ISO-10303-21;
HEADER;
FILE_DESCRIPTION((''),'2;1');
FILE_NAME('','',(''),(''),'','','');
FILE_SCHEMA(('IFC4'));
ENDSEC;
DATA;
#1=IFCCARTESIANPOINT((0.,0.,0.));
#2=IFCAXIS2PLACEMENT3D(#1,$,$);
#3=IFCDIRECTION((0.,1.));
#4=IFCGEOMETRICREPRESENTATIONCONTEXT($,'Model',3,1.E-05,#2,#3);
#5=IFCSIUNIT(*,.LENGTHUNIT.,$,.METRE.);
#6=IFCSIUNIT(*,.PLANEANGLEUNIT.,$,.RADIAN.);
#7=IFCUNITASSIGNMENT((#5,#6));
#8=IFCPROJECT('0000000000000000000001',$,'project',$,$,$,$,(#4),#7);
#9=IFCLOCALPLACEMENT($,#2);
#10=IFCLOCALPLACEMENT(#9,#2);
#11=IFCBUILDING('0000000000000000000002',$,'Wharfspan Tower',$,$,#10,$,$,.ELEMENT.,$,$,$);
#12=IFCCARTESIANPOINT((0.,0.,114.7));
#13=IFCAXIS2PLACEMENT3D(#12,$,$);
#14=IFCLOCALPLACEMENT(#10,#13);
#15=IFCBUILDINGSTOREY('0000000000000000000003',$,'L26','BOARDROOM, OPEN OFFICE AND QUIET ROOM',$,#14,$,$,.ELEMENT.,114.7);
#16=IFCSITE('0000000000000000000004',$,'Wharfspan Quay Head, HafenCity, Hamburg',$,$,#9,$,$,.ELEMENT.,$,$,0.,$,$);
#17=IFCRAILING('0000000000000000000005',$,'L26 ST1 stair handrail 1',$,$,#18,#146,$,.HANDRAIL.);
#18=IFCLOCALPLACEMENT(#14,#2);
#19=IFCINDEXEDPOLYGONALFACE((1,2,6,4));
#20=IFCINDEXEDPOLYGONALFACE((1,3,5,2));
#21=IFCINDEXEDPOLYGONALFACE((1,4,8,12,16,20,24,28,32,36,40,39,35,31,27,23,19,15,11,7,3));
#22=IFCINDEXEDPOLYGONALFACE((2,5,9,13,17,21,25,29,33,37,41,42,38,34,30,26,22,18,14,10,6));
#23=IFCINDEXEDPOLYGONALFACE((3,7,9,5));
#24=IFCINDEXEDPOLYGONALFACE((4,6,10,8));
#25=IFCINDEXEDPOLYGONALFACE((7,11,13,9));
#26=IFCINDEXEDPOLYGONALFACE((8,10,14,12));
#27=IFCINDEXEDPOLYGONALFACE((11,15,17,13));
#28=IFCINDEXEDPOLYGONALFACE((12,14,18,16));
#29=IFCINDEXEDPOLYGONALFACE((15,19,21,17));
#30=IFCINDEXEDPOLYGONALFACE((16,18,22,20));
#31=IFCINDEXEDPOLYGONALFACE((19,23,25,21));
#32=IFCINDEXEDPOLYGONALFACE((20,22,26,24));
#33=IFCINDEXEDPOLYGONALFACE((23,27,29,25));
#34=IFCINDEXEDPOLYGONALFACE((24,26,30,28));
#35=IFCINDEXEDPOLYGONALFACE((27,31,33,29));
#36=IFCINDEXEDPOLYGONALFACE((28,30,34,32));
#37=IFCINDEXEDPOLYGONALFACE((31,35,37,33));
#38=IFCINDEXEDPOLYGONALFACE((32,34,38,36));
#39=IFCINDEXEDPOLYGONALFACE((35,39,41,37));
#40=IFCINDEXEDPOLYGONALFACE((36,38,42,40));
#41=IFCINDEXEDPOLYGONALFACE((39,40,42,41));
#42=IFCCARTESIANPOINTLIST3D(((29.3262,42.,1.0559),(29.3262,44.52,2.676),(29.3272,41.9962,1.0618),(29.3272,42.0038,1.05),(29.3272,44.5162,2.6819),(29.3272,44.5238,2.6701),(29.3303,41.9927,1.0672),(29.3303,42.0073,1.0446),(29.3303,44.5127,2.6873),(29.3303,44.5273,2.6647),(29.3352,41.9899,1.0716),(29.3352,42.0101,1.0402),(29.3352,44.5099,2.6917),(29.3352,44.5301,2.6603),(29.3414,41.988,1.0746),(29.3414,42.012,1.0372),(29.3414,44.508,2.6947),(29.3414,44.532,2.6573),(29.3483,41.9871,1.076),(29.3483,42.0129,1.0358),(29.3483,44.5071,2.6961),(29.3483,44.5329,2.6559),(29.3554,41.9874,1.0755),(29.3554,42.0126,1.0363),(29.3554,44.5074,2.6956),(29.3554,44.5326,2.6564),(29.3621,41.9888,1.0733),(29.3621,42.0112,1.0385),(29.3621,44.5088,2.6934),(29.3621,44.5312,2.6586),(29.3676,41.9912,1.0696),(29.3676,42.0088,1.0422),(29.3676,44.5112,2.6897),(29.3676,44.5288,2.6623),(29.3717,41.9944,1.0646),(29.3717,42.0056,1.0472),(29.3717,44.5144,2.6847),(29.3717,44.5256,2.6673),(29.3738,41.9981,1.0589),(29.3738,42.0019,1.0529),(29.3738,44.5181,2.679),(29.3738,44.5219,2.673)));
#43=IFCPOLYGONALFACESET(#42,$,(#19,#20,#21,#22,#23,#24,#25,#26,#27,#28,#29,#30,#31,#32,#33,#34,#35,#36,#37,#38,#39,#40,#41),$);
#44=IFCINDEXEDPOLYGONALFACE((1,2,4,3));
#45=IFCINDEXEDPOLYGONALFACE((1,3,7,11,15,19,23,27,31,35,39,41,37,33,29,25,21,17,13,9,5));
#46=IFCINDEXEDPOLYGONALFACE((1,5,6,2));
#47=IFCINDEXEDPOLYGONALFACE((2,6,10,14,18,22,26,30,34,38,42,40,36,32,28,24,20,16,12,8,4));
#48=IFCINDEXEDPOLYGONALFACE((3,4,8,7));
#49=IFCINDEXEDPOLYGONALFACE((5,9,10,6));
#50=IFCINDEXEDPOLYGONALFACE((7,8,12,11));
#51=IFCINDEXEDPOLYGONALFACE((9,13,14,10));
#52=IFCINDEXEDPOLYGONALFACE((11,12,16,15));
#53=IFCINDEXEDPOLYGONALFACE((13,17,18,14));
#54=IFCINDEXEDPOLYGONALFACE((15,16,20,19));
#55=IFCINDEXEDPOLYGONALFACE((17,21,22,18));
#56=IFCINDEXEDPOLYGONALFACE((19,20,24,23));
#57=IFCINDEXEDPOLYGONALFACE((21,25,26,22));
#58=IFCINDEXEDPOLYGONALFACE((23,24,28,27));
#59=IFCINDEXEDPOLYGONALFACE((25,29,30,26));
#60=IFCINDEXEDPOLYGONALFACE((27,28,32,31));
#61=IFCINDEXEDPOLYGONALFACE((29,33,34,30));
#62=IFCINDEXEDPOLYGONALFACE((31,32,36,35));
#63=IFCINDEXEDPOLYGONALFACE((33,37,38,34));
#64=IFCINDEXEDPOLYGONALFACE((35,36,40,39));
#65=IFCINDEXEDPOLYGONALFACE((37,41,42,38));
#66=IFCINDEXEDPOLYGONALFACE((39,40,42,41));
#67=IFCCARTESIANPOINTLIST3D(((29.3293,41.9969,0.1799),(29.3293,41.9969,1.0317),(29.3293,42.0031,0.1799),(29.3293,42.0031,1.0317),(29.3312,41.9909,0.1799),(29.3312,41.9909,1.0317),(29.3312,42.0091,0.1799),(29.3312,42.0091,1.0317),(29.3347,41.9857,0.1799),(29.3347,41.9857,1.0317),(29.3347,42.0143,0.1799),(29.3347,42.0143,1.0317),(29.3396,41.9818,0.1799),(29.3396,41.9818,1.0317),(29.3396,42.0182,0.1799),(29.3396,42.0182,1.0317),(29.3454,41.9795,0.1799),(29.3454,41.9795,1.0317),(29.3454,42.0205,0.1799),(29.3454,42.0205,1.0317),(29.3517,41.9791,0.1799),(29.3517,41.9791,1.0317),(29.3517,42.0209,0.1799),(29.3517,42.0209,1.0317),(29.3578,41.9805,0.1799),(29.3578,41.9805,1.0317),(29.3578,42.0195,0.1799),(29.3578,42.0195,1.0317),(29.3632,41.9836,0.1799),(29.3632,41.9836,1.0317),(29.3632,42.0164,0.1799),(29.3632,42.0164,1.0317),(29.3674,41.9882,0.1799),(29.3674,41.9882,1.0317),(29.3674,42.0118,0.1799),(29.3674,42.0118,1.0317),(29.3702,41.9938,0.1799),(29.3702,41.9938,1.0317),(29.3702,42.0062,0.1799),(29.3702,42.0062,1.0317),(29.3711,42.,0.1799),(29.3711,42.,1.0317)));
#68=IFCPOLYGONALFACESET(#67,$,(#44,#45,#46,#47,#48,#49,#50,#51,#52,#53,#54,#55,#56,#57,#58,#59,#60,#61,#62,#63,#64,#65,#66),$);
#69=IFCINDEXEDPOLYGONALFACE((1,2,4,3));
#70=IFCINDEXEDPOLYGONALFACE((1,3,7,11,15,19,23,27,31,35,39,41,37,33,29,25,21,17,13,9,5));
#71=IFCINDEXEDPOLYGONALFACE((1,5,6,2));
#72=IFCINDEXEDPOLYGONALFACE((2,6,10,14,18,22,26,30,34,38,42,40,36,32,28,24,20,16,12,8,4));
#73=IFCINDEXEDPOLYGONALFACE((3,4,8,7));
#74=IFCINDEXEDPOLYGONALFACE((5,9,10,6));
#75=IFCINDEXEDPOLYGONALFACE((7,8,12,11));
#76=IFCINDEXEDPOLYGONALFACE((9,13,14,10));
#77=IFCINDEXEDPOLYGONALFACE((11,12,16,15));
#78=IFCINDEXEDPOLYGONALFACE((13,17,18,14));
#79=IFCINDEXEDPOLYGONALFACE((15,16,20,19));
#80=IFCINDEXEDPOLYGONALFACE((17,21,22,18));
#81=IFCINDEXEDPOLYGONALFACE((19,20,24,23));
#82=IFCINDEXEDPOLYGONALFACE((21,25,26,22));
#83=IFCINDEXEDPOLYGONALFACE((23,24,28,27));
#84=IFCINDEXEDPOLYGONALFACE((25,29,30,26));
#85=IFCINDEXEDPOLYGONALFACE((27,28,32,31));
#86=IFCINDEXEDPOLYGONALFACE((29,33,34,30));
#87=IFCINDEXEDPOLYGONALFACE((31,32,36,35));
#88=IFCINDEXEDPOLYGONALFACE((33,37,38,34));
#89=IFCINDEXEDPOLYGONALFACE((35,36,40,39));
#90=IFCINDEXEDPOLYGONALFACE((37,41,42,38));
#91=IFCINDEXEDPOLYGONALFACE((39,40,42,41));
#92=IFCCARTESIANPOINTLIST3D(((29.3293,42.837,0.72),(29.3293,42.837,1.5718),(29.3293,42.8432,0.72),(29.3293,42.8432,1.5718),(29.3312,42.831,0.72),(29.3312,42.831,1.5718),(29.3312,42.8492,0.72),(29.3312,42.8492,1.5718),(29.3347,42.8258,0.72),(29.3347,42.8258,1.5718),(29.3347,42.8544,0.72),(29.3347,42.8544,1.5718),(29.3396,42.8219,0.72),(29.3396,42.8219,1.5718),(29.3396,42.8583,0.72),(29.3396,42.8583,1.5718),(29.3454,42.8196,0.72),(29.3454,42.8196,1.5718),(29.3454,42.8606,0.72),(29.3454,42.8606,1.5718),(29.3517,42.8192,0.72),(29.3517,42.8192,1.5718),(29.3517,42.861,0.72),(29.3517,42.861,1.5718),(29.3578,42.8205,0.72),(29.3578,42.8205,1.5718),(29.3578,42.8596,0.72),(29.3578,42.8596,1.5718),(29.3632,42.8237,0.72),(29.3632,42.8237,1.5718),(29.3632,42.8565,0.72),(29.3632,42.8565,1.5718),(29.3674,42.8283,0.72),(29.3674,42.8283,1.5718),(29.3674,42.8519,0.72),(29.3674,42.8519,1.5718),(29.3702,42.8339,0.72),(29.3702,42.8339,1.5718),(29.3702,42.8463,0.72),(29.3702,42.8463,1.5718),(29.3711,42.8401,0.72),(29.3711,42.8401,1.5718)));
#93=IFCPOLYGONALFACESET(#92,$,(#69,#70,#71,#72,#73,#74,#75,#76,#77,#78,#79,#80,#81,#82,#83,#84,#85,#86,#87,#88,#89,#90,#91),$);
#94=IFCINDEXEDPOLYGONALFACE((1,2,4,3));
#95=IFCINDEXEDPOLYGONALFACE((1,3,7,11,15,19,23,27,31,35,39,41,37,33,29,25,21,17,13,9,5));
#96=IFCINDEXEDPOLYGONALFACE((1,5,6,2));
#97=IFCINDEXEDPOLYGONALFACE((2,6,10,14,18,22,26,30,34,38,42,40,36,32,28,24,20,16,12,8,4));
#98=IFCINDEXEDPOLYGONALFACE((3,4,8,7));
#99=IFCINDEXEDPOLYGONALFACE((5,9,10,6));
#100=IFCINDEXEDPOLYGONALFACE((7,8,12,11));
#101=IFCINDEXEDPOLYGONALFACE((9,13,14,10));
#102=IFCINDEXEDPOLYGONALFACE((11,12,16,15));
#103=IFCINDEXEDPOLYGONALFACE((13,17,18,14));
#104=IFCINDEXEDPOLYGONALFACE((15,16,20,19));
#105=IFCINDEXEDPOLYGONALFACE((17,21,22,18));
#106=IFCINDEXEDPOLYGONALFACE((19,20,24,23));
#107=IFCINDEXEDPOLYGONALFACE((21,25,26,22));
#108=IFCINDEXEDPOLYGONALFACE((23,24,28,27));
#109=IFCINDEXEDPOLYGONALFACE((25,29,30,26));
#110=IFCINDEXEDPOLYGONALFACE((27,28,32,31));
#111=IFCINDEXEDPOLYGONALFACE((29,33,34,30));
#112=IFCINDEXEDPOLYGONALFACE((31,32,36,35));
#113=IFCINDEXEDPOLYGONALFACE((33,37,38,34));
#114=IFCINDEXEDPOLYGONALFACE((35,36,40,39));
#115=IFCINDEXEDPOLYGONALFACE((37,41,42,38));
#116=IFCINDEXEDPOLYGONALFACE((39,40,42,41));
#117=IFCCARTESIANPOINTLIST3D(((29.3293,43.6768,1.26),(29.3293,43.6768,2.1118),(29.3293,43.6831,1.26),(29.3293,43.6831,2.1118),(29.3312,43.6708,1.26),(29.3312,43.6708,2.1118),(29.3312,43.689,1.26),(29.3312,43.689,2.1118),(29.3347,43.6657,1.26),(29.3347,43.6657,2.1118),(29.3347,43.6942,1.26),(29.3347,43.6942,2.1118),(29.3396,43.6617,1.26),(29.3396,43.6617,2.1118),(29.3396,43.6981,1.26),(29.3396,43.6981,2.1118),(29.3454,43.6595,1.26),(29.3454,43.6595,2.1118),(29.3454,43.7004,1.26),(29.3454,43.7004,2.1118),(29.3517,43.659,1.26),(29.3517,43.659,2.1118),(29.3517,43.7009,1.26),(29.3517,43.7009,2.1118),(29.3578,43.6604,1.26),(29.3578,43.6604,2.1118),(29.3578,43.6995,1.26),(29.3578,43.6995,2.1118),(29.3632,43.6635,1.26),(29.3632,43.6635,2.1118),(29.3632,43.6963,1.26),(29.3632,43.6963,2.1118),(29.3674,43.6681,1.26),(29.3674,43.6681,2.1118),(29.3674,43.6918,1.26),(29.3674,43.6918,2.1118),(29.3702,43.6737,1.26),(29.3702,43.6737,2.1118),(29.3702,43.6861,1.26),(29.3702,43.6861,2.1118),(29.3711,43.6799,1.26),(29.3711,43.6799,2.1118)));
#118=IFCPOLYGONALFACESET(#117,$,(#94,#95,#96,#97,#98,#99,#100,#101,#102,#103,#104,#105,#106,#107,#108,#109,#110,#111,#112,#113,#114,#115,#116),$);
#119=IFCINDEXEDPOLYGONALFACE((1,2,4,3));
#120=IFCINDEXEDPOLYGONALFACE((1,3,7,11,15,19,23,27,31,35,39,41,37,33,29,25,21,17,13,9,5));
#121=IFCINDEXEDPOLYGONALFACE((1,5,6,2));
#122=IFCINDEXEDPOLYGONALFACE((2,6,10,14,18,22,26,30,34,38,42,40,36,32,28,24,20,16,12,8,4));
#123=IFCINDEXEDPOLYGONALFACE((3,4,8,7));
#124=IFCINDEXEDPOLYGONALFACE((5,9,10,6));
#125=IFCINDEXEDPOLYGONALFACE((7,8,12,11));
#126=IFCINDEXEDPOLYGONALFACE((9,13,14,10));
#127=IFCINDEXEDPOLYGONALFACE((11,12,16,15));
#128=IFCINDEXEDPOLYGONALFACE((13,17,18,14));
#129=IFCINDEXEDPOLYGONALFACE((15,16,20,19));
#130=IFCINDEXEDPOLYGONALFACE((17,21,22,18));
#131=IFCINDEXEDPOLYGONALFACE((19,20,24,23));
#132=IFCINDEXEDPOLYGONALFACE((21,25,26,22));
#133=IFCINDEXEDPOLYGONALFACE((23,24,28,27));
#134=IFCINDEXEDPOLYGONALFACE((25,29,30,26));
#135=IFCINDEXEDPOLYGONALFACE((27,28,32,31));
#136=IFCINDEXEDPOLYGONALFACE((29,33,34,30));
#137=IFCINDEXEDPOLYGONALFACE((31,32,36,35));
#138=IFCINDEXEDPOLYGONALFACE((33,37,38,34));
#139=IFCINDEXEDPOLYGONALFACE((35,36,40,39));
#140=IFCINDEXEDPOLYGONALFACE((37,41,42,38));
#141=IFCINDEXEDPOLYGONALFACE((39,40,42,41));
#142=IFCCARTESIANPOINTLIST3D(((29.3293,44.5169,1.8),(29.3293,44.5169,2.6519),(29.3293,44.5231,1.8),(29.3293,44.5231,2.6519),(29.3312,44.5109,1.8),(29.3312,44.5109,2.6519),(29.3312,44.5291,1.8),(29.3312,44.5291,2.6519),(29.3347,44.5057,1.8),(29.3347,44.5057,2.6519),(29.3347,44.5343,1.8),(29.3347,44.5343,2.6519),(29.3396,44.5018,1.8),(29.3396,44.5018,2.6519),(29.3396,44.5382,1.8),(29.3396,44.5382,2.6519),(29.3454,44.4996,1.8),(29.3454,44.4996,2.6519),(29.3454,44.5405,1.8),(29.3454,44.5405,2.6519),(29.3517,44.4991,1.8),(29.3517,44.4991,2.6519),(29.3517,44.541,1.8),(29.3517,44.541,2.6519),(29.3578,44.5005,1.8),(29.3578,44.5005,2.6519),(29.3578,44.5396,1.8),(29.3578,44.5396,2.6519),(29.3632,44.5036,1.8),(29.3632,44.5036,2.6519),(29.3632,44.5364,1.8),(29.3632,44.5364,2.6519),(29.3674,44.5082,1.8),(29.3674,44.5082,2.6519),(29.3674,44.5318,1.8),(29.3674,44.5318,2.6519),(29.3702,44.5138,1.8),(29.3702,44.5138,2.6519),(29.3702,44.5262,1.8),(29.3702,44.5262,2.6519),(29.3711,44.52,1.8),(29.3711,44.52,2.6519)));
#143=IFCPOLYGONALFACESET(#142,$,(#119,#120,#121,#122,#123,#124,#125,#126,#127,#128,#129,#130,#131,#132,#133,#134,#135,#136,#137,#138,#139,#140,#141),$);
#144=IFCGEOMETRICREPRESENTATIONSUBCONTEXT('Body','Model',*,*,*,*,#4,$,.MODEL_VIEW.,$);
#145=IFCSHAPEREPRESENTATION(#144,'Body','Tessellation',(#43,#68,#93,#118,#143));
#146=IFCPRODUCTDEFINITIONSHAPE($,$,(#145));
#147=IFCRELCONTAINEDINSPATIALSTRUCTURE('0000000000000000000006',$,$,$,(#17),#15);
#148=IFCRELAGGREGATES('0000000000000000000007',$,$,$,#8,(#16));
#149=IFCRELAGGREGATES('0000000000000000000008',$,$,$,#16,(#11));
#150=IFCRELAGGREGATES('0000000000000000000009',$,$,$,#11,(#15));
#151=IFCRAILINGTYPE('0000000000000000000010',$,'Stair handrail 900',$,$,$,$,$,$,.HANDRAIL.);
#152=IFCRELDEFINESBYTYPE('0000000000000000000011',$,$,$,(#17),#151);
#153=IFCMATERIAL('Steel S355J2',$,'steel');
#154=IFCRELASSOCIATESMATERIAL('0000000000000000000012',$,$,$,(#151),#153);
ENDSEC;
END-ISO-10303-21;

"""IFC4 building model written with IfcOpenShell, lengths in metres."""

from ifc_helpers import new_model, si_unit, direction, frame, origin, origin_2d, place, context, subcontext, project, spatial, circle, extrude, material, type_object, element, save


model = new_model("IFC4")

# Units and contexts
model_context = context("Model", 3, precision=1e-05, world=origin(), true_north=direction((0.0, 1.0)))
body_context = subcontext(model_context, "Body", "Model", "MODEL_VIEW")
ifc_project = project(units=[si_unit("LENGTHUNIT", "METRE"), si_unit("PLANEANGLEUNIT", "RADIAN")], contexts=[model_context])

# Site, building, storey
site_placement = place(None, origin())
site = spatial("IfcSite", under=ifc_project, at=site_placement, Name="Wharfspan Quay Head, HafenCity, Hamburg", CompositionType="ELEMENT", RefElevation=0.0)
building_placement = place(site_placement, origin())
building = spatial("IfcBuilding", under=site, at=building_placement, Name="Wharfspan Tower", CompositionType="ELEMENT")
storey_placement = place(building_placement, frame((0.0, 0.0, 114.7)))
storey = spatial("IfcBuildingStorey", under=building, at=storey_placement, Name="L26", Description="BOARDROOM, OPEN OFFICE AND QUIET ROOM", CompositionType="ELEMENT", Elevation=114.7)

# Shared definitions
ifc_material_1 = material(Name="Steel S355J2", Category="steel")

# Railing
railing_type_1 = type_object("IfcRailingType", Name="Stair handrail 900", PredefinedType="HANDRAIL", material=ifc_material_1)
railing_1_placement = place(storey_placement, frame((29.3501, 42.0, 0.1799)))
element("IfcRailing", 1, at=railing_1_placement, inside=storey, type_object=railing_type_1, Name="L26 ST1 stair handrail 1", PredefinedType="HANDRAIL", context=body_context, shape_type="SweptSolid", body=[
    extrude(circle(Radius=0.0239, at=origin_2d()), frame((0.0, 0.0, 0.876), z_axis=(0.0, 0.841163, 0.540782), x_axis=(-1.0, 0.0, 0.0)), (0.0, 0.0, 1.0), 2.9958),
    extrude(circle(Radius=0.021, at=origin_2d()), origin(), (0.0, 0.0, 1.0), 0.8518),
    extrude(circle(Radius=0.021, at=origin_2d()), frame((0.0, 0.8401, 0.54)), (0.0, 0.0, 1.0), 0.8518),
    extrude(circle(Radius=0.021, at=origin_2d()), frame((0.0, 1.6799, 1.0801)), (0.0, 0.0, 1.0), 0.8518),
    extrude(circle(Radius=0.021, at=origin_2d()), frame((0.0, 2.52, 1.6201)), (0.0, 0.0, 1.0), 0.8518),
])

save(model, "model.ifc")
